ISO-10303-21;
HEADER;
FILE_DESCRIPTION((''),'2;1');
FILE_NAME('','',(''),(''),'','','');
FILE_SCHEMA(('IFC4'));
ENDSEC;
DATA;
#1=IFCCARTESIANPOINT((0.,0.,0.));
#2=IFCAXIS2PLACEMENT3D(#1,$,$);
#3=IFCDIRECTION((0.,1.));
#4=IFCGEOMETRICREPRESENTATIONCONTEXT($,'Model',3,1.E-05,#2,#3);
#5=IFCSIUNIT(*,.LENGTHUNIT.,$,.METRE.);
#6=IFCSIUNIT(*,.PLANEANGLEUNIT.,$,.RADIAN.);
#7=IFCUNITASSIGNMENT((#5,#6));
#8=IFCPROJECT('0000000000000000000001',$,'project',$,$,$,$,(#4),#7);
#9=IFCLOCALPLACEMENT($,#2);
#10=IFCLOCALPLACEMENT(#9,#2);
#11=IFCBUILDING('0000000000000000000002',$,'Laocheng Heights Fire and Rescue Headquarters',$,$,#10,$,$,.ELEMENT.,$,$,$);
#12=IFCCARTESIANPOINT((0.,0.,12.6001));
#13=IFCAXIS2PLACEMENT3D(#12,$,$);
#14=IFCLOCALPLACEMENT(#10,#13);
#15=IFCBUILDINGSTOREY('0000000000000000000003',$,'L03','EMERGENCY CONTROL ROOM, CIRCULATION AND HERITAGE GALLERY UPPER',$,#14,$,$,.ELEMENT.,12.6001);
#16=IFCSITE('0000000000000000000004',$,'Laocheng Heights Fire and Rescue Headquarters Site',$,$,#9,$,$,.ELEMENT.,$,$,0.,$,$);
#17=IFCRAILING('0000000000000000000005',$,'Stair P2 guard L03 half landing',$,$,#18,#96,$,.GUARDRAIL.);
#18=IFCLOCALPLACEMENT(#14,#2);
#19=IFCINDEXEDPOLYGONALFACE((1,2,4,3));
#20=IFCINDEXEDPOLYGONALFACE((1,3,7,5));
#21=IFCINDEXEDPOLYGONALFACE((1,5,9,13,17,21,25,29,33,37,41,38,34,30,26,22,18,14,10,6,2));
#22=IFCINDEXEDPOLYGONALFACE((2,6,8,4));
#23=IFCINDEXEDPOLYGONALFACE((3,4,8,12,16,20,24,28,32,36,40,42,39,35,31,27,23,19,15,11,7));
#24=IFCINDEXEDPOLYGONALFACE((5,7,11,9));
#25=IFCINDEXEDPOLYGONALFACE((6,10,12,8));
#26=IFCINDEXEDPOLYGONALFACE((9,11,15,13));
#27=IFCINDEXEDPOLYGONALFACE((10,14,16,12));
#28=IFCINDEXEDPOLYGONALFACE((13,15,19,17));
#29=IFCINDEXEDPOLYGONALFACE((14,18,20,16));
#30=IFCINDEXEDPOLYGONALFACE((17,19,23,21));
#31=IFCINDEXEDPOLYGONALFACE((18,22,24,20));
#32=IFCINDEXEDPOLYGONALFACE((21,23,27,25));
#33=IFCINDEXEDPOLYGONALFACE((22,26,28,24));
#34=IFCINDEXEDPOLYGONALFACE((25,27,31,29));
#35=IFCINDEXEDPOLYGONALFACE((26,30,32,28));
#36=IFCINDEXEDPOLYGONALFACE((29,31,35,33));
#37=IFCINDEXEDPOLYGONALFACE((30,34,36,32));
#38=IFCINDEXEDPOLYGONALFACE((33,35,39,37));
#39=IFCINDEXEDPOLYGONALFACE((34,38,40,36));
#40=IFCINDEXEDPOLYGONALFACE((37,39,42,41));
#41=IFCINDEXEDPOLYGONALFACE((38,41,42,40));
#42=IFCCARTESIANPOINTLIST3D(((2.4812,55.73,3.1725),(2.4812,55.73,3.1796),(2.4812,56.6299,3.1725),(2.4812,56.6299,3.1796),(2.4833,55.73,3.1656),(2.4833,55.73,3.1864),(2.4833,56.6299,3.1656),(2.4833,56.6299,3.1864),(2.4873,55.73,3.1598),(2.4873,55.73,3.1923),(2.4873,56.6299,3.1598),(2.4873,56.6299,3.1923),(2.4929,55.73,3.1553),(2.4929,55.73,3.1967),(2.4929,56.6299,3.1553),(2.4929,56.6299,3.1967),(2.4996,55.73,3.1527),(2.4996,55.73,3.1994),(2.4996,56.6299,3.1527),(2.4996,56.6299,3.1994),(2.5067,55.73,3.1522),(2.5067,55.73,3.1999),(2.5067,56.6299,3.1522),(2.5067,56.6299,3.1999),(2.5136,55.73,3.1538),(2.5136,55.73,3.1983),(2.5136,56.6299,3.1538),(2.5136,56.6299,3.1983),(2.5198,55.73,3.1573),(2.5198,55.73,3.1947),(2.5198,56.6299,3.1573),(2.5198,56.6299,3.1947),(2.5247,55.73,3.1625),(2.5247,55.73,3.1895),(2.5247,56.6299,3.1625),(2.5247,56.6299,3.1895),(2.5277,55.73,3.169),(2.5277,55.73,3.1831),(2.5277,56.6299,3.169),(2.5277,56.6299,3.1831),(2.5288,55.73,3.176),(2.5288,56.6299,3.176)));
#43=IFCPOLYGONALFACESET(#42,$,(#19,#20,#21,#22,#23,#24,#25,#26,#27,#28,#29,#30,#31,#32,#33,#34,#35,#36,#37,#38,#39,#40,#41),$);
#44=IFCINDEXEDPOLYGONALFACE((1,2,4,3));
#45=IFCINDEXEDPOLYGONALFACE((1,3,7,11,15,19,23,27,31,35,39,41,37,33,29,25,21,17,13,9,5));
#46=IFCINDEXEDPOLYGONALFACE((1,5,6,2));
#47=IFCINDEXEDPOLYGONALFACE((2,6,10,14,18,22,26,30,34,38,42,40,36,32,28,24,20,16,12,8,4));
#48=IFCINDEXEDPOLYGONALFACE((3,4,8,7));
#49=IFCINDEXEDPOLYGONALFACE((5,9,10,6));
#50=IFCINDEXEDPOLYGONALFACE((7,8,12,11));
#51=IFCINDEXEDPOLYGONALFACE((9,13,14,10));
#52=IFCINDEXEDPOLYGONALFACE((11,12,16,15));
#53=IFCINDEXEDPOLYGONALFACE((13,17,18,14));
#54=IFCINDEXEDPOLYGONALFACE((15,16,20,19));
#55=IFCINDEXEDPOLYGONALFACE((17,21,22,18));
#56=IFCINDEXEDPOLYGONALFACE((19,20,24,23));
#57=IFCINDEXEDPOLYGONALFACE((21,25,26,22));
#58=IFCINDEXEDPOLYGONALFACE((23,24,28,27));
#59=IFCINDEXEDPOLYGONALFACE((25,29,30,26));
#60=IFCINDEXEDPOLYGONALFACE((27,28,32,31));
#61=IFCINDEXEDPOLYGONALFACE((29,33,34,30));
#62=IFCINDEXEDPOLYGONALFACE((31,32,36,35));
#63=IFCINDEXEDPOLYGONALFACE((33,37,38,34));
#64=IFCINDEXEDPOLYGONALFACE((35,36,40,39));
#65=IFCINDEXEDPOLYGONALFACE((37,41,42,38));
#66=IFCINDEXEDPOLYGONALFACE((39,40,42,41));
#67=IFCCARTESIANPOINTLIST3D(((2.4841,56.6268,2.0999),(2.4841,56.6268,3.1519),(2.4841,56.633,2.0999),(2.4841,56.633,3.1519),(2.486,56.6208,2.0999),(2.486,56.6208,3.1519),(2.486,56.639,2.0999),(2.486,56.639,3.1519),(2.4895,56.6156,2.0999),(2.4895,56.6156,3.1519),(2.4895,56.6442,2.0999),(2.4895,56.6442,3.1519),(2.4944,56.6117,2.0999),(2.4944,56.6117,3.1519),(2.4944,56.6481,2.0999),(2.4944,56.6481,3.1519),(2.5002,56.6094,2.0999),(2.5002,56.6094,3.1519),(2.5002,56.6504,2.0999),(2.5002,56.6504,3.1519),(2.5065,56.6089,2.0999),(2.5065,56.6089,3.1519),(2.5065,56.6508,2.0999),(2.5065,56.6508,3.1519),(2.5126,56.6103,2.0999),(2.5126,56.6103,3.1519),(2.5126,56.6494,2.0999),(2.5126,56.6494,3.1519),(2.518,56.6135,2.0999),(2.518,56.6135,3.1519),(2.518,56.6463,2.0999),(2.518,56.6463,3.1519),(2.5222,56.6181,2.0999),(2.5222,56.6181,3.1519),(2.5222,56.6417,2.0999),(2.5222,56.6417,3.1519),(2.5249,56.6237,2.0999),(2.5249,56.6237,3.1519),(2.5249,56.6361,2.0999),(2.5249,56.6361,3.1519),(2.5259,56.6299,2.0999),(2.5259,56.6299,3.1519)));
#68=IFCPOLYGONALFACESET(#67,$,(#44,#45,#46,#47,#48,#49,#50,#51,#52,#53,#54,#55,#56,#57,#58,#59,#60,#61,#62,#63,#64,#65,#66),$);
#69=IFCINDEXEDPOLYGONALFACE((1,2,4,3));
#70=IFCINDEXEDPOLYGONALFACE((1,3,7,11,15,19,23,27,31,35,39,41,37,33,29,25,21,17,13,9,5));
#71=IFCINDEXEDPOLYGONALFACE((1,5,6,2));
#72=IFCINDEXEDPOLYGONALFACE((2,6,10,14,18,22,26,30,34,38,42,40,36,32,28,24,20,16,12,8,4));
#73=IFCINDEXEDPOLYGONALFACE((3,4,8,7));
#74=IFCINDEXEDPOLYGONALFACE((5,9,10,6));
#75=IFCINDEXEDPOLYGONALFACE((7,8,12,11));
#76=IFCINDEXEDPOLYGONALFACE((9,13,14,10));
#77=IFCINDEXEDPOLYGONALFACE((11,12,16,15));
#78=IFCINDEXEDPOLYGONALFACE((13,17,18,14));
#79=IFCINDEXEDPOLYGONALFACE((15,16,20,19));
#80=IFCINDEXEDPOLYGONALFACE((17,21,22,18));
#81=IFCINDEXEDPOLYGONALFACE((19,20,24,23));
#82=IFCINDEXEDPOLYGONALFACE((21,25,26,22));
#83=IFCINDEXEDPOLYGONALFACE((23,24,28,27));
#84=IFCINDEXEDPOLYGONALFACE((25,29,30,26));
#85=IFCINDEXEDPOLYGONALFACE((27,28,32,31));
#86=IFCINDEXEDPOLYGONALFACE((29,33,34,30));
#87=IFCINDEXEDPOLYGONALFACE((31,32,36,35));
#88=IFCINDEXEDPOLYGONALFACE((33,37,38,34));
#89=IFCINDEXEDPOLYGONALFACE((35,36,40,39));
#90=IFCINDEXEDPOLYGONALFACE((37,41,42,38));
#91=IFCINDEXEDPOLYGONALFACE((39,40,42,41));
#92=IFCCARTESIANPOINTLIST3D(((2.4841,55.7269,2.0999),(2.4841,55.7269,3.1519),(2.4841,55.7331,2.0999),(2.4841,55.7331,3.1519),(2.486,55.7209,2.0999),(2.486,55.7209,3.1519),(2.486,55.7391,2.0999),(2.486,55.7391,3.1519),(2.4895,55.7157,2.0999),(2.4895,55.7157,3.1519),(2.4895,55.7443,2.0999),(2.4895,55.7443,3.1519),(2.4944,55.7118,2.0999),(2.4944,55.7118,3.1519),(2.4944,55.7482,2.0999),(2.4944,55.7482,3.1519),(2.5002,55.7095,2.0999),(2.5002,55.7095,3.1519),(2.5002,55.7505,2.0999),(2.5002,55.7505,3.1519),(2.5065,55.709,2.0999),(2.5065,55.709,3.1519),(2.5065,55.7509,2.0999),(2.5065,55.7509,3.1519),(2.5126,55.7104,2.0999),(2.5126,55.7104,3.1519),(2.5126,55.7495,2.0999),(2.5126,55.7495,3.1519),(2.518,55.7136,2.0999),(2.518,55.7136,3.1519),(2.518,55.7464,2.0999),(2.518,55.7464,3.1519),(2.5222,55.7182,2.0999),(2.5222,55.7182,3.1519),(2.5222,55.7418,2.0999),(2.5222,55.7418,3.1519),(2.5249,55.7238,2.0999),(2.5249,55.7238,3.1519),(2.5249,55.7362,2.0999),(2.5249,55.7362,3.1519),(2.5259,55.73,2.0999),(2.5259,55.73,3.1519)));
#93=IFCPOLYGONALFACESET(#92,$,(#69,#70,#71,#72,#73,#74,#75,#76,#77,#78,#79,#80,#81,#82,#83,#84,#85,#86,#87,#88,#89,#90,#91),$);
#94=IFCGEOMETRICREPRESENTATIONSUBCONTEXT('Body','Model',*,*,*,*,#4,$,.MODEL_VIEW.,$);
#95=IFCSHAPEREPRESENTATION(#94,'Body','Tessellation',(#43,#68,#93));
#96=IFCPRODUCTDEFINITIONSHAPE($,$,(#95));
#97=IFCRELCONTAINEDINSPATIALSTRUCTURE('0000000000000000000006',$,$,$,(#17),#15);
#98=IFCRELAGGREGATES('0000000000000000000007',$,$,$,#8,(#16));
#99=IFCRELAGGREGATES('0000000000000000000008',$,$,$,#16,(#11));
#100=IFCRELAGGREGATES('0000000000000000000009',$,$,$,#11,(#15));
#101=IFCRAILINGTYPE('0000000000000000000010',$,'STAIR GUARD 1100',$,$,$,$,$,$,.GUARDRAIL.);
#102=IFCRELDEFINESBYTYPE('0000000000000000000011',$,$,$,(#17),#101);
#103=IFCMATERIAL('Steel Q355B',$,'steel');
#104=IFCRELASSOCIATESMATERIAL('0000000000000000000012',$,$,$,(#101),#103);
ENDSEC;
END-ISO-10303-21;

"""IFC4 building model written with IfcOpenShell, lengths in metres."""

from ifc_helpers import new_model, si_unit, direction, frame, origin, origin_2d, place, context, subcontext, project, spatial, circle, extrude, material, type_object, element, save


model = new_model("IFC4")

# Units and contexts
model_context = context("Model", 3, precision=1e-05, world=origin(), true_north=direction((0.0, 1.0)))
body_context = subcontext(model_context, "Body", "Model", "MODEL_VIEW")
ifc_project = project(units=[si_unit("LENGTHUNIT", "METRE"), si_unit("PLANEANGLEUNIT", "RADIAN")], contexts=[model_context])

# Site, building, storey
site_placement = place(None, origin())
site = spatial("IfcSite", under=ifc_project, at=site_placement, Name="Laocheng Heights Fire and Rescue Headquarters Site", CompositionType="ELEMENT", RefElevation=0.0)
building_placement = place(site_placement, origin())
building = spatial("IfcBuilding", under=site, at=building_placement, Name="Laocheng Heights Fire and Rescue Headquarters", CompositionType="ELEMENT")
storey_placement = place(building_placement, frame((0.0, 0.0, 12.6001)))
storey = spatial("IfcBuildingStorey", under=building, at=storey_placement, Name="L03", Description="EMERGENCY CONTROL ROOM, CIRCULATION AND HERITAGE GALLERY UPPER", CompositionType="ELEMENT", Elevation=12.6001)

# Railing
ifc_material_1 = material(Name="Steel Q355B", Category="steel")
railing_type_1 = type_object("IfcRailingType", Name="STAIR GUARD 1100", PredefinedType="GUARDRAIL", material=ifc_material_1)
railing_1_placement = place(storey_placement, frame((2.5049, 56.6299, 2.0999)))
element("IfcRailing", 1, at=railing_1_placement, inside=storey, type_object=railing_type_1, Name="Stair P2 guard L03 half landing", PredefinedType="GUARDRAIL", context=body_context, shape_type="SweptSolid", body=[
    extrude(circle(Radius=0.0239, at=origin_2d()), frame((0.0, 0.0, 1.0762), z_axis=(0.0, -1.0, 0.0), x_axis=(1.0, 0.0, 0.0)), (0.0, 0.0, 1.0), 0.8999),
    extrude(circle(Radius=0.021, at=origin_2d()), origin(), (0.0, 0.0, 1.0), 1.052),
    extrude(circle(Radius=0.021, at=origin_2d()), frame((0.0, -0.8999, 0.0)), (0.0, 0.0, 1.0), 1.052),
])

save(model, "model.ifc")
